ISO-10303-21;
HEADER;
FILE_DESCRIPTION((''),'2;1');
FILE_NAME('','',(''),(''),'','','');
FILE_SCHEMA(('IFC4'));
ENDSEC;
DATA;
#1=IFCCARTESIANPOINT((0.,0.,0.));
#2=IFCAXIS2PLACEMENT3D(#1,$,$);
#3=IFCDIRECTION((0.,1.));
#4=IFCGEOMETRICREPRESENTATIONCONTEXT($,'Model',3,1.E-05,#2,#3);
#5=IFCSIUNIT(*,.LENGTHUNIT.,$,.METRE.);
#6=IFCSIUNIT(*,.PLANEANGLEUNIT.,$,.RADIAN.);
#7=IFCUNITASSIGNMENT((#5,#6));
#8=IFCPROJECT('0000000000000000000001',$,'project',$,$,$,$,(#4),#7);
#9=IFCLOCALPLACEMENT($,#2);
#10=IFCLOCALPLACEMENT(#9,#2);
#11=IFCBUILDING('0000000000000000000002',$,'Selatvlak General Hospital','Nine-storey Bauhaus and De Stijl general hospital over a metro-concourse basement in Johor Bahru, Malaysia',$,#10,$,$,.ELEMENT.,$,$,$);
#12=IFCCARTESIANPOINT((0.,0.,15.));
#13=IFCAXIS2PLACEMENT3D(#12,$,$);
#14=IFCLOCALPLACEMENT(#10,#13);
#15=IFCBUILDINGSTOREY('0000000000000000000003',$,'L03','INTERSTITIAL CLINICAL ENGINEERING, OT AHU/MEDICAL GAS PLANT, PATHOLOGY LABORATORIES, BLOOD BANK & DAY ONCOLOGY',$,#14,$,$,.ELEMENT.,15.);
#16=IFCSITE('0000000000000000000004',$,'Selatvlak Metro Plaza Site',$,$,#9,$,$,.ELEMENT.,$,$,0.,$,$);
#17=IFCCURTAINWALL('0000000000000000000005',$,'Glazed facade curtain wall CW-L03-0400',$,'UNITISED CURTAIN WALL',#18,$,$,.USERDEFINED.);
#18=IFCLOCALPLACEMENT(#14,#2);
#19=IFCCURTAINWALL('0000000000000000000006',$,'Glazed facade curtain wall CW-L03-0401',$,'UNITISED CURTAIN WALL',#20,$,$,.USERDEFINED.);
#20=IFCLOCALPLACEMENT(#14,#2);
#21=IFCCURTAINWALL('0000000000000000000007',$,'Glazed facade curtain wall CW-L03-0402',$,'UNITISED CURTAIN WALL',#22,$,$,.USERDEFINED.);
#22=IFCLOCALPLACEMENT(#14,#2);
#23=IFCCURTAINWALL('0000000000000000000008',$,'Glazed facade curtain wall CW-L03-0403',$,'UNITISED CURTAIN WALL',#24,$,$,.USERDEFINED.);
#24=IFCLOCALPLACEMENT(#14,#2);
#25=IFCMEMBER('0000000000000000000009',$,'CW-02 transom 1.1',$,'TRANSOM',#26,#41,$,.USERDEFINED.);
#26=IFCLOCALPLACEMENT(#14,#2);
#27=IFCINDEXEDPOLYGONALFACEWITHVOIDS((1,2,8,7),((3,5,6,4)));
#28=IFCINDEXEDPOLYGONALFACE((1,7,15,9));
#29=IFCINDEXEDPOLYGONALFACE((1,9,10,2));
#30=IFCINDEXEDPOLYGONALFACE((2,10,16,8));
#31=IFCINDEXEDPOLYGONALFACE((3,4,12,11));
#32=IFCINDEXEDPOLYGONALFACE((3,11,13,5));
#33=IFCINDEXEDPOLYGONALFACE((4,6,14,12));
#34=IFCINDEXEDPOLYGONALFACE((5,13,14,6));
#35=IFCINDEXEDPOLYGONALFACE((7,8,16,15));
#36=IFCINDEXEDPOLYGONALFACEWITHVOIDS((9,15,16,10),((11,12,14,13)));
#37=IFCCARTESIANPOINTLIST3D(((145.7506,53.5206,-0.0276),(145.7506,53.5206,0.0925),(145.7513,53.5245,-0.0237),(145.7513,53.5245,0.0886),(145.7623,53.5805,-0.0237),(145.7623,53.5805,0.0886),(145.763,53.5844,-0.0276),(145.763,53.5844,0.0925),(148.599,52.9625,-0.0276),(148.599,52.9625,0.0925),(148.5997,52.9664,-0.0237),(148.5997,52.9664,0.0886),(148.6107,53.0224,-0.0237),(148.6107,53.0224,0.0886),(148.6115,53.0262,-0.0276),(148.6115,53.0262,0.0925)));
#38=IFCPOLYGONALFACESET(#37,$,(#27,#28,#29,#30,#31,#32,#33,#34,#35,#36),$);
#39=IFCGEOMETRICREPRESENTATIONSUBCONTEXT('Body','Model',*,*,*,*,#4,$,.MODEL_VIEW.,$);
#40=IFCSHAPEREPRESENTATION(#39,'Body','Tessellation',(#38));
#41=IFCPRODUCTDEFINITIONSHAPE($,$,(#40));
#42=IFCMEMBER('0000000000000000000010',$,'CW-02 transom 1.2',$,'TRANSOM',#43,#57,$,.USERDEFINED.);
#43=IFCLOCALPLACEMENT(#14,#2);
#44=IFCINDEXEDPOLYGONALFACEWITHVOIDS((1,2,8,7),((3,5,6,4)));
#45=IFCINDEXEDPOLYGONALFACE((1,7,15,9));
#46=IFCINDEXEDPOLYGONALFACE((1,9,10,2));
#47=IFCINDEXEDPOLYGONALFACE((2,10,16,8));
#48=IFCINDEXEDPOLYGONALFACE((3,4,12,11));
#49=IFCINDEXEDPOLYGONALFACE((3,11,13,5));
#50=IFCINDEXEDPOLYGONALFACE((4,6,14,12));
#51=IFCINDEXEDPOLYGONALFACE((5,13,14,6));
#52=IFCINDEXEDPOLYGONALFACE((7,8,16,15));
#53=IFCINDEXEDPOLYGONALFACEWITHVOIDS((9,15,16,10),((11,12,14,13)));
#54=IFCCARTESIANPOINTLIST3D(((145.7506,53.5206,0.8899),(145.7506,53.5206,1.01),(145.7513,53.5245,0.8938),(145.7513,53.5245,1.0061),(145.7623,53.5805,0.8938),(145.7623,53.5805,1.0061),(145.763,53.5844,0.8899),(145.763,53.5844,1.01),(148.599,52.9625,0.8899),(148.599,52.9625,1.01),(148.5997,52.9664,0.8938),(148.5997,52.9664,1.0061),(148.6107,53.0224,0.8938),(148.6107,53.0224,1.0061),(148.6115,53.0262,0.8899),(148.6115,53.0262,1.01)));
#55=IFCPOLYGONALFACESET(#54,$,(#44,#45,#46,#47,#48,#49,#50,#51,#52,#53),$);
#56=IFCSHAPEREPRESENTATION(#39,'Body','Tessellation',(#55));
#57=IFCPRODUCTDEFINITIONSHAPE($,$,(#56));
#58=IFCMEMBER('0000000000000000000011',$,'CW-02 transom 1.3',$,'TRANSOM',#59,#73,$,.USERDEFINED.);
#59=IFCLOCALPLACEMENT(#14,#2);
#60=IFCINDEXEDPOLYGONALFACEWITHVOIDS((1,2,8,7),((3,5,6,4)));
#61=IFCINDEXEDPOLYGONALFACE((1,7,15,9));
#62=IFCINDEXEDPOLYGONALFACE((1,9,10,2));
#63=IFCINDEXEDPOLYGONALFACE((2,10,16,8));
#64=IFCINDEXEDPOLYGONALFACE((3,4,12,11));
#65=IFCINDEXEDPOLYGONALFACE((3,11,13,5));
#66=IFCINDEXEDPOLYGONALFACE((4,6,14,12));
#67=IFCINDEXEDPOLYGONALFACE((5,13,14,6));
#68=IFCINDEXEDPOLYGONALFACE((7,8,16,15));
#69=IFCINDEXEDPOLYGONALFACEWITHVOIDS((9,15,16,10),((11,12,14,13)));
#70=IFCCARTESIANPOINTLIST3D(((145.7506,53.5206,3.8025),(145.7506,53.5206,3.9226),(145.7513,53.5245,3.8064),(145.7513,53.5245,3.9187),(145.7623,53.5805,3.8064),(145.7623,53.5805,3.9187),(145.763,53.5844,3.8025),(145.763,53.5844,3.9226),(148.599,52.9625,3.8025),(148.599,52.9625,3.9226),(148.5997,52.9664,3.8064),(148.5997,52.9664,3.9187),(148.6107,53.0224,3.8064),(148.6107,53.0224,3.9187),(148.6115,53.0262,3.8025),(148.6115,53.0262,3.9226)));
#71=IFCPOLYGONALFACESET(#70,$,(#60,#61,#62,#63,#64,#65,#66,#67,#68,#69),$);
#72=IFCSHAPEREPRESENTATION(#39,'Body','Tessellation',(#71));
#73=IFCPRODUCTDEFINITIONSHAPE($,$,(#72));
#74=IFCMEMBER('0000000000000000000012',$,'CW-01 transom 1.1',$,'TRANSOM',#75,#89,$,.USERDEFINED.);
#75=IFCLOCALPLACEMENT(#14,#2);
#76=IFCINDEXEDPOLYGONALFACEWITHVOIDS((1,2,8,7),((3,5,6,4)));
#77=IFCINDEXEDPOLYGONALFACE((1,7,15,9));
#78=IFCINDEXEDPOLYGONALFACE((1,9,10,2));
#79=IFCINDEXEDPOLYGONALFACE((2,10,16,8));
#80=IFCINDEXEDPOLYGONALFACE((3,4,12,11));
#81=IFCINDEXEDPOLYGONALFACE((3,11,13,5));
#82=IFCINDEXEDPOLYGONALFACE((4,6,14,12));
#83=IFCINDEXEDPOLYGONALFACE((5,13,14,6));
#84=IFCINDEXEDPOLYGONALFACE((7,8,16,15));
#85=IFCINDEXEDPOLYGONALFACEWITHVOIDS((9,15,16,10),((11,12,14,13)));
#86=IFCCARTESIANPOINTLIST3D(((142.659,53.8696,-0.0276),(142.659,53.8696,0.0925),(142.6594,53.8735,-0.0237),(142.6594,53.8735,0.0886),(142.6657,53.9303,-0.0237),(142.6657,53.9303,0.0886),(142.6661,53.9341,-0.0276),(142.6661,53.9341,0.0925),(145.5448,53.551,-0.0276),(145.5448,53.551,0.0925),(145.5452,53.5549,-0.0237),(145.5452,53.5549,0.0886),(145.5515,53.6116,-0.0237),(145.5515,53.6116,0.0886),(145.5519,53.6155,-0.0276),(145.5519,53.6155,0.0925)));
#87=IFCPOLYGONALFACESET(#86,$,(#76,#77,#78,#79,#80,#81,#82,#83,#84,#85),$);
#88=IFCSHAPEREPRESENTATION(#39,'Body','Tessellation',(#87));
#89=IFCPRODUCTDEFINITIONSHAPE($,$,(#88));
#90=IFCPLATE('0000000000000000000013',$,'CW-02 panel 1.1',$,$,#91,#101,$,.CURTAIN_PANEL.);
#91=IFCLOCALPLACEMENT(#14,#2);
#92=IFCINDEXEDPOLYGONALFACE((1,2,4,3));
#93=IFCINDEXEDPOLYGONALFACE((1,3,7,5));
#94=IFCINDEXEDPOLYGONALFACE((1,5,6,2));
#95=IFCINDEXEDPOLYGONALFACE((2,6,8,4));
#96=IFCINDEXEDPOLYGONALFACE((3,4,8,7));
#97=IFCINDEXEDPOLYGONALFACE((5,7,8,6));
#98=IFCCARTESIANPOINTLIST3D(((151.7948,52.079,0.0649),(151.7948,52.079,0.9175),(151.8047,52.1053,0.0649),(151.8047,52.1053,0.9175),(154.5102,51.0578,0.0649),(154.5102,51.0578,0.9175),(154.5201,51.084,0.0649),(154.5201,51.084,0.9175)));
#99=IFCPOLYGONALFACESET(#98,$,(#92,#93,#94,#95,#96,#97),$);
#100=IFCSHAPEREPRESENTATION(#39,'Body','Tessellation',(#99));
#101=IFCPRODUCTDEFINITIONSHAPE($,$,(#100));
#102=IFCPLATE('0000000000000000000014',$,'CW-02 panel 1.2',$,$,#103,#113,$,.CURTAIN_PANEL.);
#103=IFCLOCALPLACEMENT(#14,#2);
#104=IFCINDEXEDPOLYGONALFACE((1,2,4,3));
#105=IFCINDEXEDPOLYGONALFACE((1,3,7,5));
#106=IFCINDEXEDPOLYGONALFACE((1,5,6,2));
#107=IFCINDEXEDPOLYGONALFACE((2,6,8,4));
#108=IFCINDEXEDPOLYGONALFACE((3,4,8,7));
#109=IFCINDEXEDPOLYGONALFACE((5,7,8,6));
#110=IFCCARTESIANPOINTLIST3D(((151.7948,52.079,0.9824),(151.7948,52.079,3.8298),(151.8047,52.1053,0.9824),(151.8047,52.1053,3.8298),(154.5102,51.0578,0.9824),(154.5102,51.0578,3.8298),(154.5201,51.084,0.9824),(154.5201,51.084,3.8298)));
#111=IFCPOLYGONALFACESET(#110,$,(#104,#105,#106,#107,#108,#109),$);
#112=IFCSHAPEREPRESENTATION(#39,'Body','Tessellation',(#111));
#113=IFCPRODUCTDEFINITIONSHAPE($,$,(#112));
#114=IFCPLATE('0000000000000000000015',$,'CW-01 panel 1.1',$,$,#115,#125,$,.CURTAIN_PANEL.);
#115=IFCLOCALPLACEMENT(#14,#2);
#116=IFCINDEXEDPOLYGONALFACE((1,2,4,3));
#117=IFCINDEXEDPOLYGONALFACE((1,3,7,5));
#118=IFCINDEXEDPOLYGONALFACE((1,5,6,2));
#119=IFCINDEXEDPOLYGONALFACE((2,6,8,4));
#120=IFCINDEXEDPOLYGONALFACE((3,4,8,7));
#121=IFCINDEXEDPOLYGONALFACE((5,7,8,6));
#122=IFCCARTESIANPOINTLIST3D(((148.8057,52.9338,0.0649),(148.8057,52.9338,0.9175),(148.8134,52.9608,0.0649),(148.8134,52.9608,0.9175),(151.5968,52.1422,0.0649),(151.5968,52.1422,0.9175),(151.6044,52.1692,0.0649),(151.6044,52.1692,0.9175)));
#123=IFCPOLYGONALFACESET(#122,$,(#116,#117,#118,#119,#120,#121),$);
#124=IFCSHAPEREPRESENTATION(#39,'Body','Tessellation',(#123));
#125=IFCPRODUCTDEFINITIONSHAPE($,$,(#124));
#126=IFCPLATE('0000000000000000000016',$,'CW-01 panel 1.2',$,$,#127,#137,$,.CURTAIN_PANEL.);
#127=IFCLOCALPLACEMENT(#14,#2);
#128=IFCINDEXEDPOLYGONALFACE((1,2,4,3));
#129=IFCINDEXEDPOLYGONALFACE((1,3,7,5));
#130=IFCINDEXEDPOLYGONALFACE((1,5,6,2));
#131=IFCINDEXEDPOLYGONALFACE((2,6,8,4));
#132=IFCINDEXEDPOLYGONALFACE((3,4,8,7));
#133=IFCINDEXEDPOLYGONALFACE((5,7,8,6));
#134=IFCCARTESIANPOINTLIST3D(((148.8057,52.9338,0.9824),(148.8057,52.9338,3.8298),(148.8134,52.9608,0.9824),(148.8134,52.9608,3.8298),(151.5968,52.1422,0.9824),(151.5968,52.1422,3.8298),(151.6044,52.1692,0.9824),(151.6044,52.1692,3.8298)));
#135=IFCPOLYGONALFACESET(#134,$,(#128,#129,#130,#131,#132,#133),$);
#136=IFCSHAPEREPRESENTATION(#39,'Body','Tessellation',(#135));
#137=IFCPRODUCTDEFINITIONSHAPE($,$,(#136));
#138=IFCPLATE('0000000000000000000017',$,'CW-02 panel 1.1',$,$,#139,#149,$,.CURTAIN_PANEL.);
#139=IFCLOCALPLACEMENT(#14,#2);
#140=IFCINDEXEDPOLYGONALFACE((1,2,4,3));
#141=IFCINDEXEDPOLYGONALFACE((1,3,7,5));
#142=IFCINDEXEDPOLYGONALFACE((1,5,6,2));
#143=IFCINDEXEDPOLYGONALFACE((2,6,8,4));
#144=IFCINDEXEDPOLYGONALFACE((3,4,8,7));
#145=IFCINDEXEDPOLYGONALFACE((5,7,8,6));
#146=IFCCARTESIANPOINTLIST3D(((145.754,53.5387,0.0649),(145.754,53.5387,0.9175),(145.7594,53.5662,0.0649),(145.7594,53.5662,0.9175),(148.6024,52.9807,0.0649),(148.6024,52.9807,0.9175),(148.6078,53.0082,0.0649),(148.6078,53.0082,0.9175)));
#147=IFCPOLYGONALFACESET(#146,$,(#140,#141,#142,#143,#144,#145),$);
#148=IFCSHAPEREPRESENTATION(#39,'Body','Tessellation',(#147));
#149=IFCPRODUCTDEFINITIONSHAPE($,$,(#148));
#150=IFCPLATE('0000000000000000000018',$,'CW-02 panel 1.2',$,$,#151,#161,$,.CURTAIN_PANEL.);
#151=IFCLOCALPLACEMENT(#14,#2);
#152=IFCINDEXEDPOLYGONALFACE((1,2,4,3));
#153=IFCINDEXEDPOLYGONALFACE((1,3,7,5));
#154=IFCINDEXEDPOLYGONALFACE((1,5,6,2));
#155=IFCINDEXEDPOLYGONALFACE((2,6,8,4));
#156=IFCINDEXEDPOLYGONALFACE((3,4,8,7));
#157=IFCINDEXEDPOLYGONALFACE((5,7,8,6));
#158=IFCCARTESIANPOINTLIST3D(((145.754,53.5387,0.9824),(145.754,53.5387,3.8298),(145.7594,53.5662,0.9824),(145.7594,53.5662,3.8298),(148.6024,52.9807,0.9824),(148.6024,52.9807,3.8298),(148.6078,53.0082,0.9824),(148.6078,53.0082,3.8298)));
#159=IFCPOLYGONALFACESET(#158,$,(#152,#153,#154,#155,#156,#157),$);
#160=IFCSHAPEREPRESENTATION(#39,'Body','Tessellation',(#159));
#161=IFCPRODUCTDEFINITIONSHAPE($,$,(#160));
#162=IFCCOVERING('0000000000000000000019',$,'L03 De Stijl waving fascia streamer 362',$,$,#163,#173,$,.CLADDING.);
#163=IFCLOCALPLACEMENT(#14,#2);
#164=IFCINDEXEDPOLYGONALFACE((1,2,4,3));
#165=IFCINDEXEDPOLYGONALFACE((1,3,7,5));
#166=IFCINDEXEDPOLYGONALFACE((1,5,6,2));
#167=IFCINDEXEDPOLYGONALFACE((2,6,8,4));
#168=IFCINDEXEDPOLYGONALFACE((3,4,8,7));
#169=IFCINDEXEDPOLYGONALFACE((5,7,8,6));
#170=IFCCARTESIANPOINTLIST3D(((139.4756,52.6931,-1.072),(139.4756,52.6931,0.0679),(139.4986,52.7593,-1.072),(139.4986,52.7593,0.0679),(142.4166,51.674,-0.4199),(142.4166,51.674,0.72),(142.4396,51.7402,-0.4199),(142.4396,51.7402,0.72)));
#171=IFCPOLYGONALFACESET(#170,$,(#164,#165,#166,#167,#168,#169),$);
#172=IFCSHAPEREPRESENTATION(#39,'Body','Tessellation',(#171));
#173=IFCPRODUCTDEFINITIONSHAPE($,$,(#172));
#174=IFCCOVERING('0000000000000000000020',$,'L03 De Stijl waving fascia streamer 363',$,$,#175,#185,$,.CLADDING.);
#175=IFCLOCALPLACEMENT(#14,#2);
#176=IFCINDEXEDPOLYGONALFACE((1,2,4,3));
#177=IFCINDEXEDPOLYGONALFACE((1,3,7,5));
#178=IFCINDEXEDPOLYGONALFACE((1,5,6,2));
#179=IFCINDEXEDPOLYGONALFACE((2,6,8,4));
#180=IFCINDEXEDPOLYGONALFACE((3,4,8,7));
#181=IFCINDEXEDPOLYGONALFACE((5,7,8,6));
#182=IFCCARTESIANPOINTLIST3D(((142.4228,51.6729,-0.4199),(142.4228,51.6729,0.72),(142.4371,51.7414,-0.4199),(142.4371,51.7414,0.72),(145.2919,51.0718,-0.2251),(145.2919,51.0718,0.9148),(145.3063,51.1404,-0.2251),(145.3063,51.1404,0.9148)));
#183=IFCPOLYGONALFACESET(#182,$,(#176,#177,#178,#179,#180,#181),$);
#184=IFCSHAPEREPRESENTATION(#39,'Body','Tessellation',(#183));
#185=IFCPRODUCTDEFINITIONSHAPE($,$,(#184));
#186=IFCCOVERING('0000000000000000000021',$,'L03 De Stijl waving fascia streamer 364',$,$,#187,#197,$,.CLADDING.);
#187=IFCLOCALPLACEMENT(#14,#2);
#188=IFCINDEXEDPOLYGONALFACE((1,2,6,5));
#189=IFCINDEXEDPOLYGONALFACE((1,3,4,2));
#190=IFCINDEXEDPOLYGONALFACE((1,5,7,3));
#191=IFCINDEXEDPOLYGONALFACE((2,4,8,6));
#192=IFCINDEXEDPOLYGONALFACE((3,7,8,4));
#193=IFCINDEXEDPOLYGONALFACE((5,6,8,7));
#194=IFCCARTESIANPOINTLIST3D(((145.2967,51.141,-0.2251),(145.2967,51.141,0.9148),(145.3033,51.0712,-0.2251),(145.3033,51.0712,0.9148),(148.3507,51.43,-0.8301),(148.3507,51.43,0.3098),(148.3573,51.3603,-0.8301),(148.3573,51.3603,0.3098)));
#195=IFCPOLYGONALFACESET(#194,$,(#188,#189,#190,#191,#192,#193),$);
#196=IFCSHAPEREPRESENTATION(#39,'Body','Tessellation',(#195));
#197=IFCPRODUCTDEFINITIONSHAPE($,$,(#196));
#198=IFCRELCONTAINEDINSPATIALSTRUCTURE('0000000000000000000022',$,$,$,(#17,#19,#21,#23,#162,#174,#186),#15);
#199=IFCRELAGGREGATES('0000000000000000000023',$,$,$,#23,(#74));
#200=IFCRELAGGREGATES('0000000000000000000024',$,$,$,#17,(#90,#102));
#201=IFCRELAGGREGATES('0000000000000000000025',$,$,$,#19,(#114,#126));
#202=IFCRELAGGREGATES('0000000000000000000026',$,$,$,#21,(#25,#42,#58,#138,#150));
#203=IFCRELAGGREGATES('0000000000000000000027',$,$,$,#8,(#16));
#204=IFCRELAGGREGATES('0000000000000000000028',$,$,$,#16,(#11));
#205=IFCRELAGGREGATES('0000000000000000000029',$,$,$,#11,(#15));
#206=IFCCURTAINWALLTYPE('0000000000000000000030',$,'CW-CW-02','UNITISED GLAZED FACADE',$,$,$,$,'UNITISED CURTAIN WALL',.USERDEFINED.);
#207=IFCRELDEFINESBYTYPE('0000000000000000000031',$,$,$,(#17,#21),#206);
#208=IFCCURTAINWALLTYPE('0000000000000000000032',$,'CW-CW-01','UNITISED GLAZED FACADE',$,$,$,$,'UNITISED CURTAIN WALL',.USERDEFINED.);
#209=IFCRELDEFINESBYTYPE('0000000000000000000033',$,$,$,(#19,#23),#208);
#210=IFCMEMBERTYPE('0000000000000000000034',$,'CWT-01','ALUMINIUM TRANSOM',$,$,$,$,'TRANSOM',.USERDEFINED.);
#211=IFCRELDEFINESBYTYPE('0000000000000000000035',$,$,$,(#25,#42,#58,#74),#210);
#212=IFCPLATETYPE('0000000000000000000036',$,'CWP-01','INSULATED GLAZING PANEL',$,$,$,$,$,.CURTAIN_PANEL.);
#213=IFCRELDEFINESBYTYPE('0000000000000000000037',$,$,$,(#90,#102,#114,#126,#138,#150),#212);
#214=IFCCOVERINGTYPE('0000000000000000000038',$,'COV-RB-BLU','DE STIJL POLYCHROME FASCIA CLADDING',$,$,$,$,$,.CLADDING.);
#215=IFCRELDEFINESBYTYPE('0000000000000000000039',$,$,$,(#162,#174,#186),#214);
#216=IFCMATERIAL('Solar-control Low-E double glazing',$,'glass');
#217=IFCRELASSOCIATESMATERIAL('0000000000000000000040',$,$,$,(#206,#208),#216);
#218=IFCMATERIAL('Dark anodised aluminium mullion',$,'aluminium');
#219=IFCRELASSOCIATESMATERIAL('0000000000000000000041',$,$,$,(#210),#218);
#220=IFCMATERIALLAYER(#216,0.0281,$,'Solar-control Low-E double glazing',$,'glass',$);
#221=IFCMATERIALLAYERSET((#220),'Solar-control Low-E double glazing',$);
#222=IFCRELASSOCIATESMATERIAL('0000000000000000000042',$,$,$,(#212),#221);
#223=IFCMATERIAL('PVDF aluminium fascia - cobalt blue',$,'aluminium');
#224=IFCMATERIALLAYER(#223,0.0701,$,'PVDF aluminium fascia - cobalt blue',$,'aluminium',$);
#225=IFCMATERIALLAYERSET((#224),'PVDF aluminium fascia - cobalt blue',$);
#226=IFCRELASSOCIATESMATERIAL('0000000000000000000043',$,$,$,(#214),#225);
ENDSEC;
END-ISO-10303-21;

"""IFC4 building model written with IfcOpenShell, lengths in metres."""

from ifc_helpers import new_model, si_unit, direction, frame, origin, origin_2d, place, context, subcontext, project, spatial, polyline, rectangle, hollow_rectangle, outline, extrude, material, layer, layer_set, material_profile, profile_set, type_object, element, aggregate, save


model = new_model("IFC4")

# Units and contexts
model_context = context("Model", 3, precision=1e-05, world=origin(), true_north=direction((0.0, 1.0)))
body_context = subcontext(model_context, "Body", "Model", "MODEL_VIEW")
ifc_project = project(units=[si_unit("LENGTHUNIT", "METRE"), si_unit("PLANEANGLEUNIT", "RADIAN")], contexts=[model_context])

# Site, building, storey
site_placement = place(None, origin())
site = spatial("IfcSite", under=ifc_project, at=site_placement, Name="Selatvlak Metro Plaza Site", CompositionType="ELEMENT", RefElevation=0.0)
building_placement = place(site_placement, origin())
building = spatial("IfcBuilding", under=site, at=building_placement, Name="Selatvlak General Hospital", Description="Nine-storey Bauhaus and De Stijl general hospital over a metro-concourse basement in Johor Bahru, Malaysia", CompositionType="ELEMENT")
storey_placement = place(building_placement, frame((0.0, 0.0, 15.0)))
storey = spatial("IfcBuildingStorey", under=building, at=storey_placement, Name="L03", Description="INTERSTITIAL CLINICAL ENGINEERING, OT AHU/MEDICAL GAS PLANT, PATHOLOGY LABORATORIES, BLOOD BANK & DAY ONCOLOGY", CompositionType="ELEMENT", Elevation=15.0)

# Curtain wall
ifc_material_1 = material(Name="Solar-control Low-E double glazing", Category="glass")
curtain_wall_type_1 = type_object("IfcCurtainWallType", Name="CW-CW-02", Description="UNITISED GLAZED FACADE", ElementType="UNITISED CURTAIN WALL", PredefinedType="USERDEFINED", material=ifc_material_1)
curtain_wall_1_placement = place(storey_placement, origin())
curtain_wall_1 = element("IfcCurtainWall", 1, at=curtain_wall_1_placement, inside=storey, type_object=curtain_wall_type_1, Name="Glazed facade curtain wall CW-L03-0400", ObjectType="UNITISED CURTAIN WALL", PredefinedType="USERDEFINED")
ifc_material_2 = material(Name="Dark anodised aluminium mullion", Category="aluminium")

# Curtain walls
curtain_wall_type_2 = type_object("IfcCurtainWallType", Name="CW-CW-01", Description="UNITISED GLAZED FACADE", ElementType="UNITISED CURTAIN WALL", PredefinedType="USERDEFINED", material=ifc_material_1)
curtain_wall_2_placement = place(storey_placement, origin())
curtain_wall_2 = element("IfcCurtainWall", 2, at=curtain_wall_2_placement, inside=storey, type_object=curtain_wall_type_2, Name="Glazed facade curtain wall CW-L03-0401", ObjectType="UNITISED CURTAIN WALL", PredefinedType="USERDEFINED")
curtain_wall_3_placement = place(storey_placement, origin())
curtain_wall_3 = element("IfcCurtainWall", 3, at=curtain_wall_3_placement, inside=storey, type_object=curtain_wall_type_1, Name="Glazed facade curtain wall CW-L03-0402", ObjectType="UNITISED CURTAIN WALL", PredefinedType="USERDEFINED")

# Curtain wall
curtain_wall_4_placement = place(storey_placement, origin())
curtain_wall_4 = element("IfcCurtainWall", 4, at=curtain_wall_4_placement, inside=storey, type_object=curtain_wall_type_2, Name="Glazed facade curtain wall CW-L03-0403", ObjectType="UNITISED CURTAIN WALL", PredefinedType="USERDEFINED")

# Members
ifc_material_profile_1 = material_profile(ifc_material_2, hollow_rectangle(XDim=0.0649, YDim=0.1201, WallThickness=0.0039, at=origin_2d()), Name="AL-TRN 65x120x4")
ifc_profile_set_1 = profile_set([ifc_material_profile_1], Name="Dark anodised aluminium mullion")
member_type_1 = type_object("IfcMemberType", Name="CWT-01", Description="ALUMINIUM TRANSOM", ElementType="TRANSOM", PredefinedType="USERDEFINED", material=ifc_profile_set_1)
member_1_placement = place(storey_placement, frame((148.6052, 52.9944, 0.0325), z_axis=(-0.98134, 0.192281, 0.0), x_axis=(-0.192281, -0.98134, 0.0)))
member_1 = element("IfcMember", 5, at=member_1_placement, type_object=member_type_1, Name="CW-02 transom 1.1", ObjectType="TRANSOM", PredefinedType="USERDEFINED", context=body_context, shape_type="SweptSolid", body=[
    extrude(hollow_rectangle(XDim=0.0649, YDim=0.1201, WallThickness=0.0039, at=origin_2d()), origin(), (0.0, 0.0, 1.0), 2.9026),
])
member_2_placement = place(storey_placement, frame((148.6052, 52.9944, 0.95), z_axis=(-0.98134, 0.192281, 0.0), x_axis=(-0.192281, -0.98134, 0.0)))
member_2 = element("IfcMember", 6, at=member_2_placement, type_object=member_type_1, Name="CW-02 transom 1.2", ObjectType="TRANSOM", PredefinedType="USERDEFINED", context=body_context, shape_type="SweptSolid", body=[
    extrude(hollow_rectangle(XDim=0.0649, YDim=0.1201, WallThickness=0.0039, at=origin_2d()), origin(), (0.0, 0.0, 1.0), 2.9026),
])
member_3_placement = place(storey_placement, frame((148.6052, 52.9944, 3.8625), z_axis=(-0.98134, 0.192281, 0.0), x_axis=(-0.192281, -0.98134, 0.0)))
member_3 = element("IfcMember", 7, at=member_3_placement, type_object=member_type_1, Name="CW-02 transom 1.3", ObjectType="TRANSOM", PredefinedType="USERDEFINED", context=body_context, shape_type="SweptSolid", body=[
    extrude(hollow_rectangle(XDim=0.0649, YDim=0.1201, WallThickness=0.0039, at=origin_2d()), origin(), (0.0, 0.0, 1.0), 2.9026),
])
member_4_placement = place(storey_placement, frame((145.5483, 53.5833, 0.0325), z_axis=(-0.99396, 0.109739, 0.0), x_axis=(-0.109739, -0.99396, 0.0)))
member_4 = element("IfcMember", 8, at=member_4_placement, type_object=member_type_1, Name="CW-01 transom 1.1", ObjectType="TRANSOM", PredefinedType="USERDEFINED", context=body_context, shape_type="SweptSolid", body=[
    extrude(hollow_rectangle(XDim=0.0649, YDim=0.1201, WallThickness=0.0039, at=origin_2d()), origin(), (0.0, 0.0, 1.0), 2.9033),
])
aggregate(curtain_wall_4, [member_4])

# Plates
ifc_layer_1 = layer(ifc_material_1, 0.0281, Name="Solar-control Low-E double glazing", Category="glass")
ifc_layer_set_1 = layer_set([ifc_layer_1], Name="Solar-control Low-E double glazing")
plate_type = type_object("IfcPlateType", Name="CWP-01", Description="INSULATED GLAZING PANEL", PredefinedType="CURTAIN_PANEL", material=ifc_layer_set_1)
plate_1_placement = place(storey_placement, frame((153.1575, 51.5815, 0.0649), z_axis=(0.0, 0.0, 1.0), x_axis=(-0.93599, 0.352027, 0.0)))
plate_1 = element("IfcPlate", 9, at=plate_1_placement, type_object=plate_type, Name="CW-02 panel 1.1", PredefinedType="CURTAIN_PANEL", context=body_context, shape_type="SweptSolid", body=[
    extrude(rectangle(XDim=2.9011, YDim=0.0281, at=origin_2d()), origin(), (0.0, 0.0, 1.0), 0.8525),
])
plate_2_placement = place(storey_placement, frame((153.1575, 51.5815, 0.9824), z_axis=(0.0, 0.0, 1.0), x_axis=(-0.93599, 0.352027, 0.0)))
plate_2 = element("IfcPlate", 10, at=plate_2_placement, type_object=plate_type, Name="CW-02 panel 1.2", PredefinedType="CURTAIN_PANEL", context=body_context, shape_type="SweptSolid", body=[
    extrude(rectangle(XDim=2.9011, YDim=0.0281, at=origin_2d()), origin(), (0.0, 0.0, 1.0), 2.8474),
])
aggregate(curtain_wall_1, [plate_1, plate_2])
plate_3_placement = place(storey_placement, frame((150.2051, 52.5515, 0.0649), z_axis=(0.0, 0.0, 1.0), x_axis=(-0.962057, 0.272847, 0.0)))
plate_3 = element("IfcPlate", 11, at=plate_3_placement, type_object=plate_type, Name="CW-01 panel 1.1", PredefinedType="CURTAIN_PANEL", context=body_context, shape_type="SweptSolid", body=[
    extrude(rectangle(XDim=2.9011, YDim=0.0281, at=origin_2d()), origin(), (0.0, 0.0, 1.0), 0.8525),
])
plate_4_placement = place(storey_placement, frame((150.2051, 52.5515, 0.9824), z_axis=(0.0, 0.0, 1.0), x_axis=(-0.962057, 0.272847, 0.0)))
plate_4 = element("IfcPlate", 12, at=plate_4_placement, type_object=plate_type, Name="CW-01 panel 1.2", PredefinedType="CURTAIN_PANEL", context=body_context, shape_type="SweptSolid", body=[
    extrude(rectangle(XDim=2.9011, YDim=0.0281, at=origin_2d()), origin(), (0.0, 0.0, 1.0), 2.8474),
])
aggregate(curtain_wall_2, [plate_3, plate_4])
plate_5_placement = place(storey_placement, frame((147.1809, 53.2734, 0.0649), z_axis=(0.0, 0.0, 1.0), x_axis=(-0.981347, 0.192246, 0.0)))
plate_5 = element("IfcPlate", 13, at=plate_5_placement, type_object=plate_type, Name="CW-02 panel 1.1", PredefinedType="CURTAIN_PANEL", context=body_context, shape_type="SweptSolid", body=[
    extrude(rectangle(XDim=2.9026, YDim=0.0281, at=origin_2d()), origin(), (0.0, 0.0, 1.0), 0.8525),
])
plate_6_placement = place(storey_placement, frame((147.1809, 53.2734, 0.9824), z_axis=(0.0, 0.0, 1.0), x_axis=(-0.981347, 0.192246, 0.0)))
plate_6 = element("IfcPlate", 14, at=plate_6_placement, type_object=plate_type, Name="CW-02 panel 1.2", PredefinedType="CURTAIN_PANEL", context=body_context, shape_type="SweptSolid", body=[
    extrude(rectangle(XDim=2.9026, YDim=0.0281, at=origin_2d()), origin(), (0.0, 0.0, 1.0), 2.8474),
])
aggregate(curtain_wall_3, [member_1, member_2, member_3, plate_5, plate_6])

# Coverings
ifc_material_3 = material(Name="PVDF aluminium fascia - cobalt blue", Category="aluminium")
ifc_layer_2 = layer(ifc_material_3, 0.0701, Name="PVDF aluminium fascia - cobalt blue", Category="aluminium")
ifc_layer_set_2 = layer_set([ifc_layer_2], Name="PVDF aluminium fascia - cobalt blue")
covering_type = type_object("IfcCoveringType", Name="COV-RB-BLU", Description="DE STIJL POLYCHROME FASCIA CLADDING", PredefinedType="CLADDING", material=ifc_layer_set_2)
covering_1_placement = place(storey_placement, frame((139.4871, 52.7261, -1.072), z_axis=(0.0, 0.0, 1.0), x_axis=(0.944883, -0.327407, 0.0)))
element("IfcCovering", 15, at=covering_1_placement, inside=storey, type_object=covering_type, Name="L03 De Stijl waving fascia streamer 362", PredefinedType="CLADDING", context=body_context, shape_type="SweptSolid", body=[
    extrude(outline(polyline([(0.0, 0.0), (3.1125, 0.6521), (3.1125, 1.792), (0.0, 1.1399), (0.0, 0.0)])), frame((0.0, 0.0352, 0.0), z_axis=(0.0, -1.0, 0.0), x_axis=(1.0, 0.0, 0.0)), (0.0, 0.0, 1.0), 0.0701),
])
covering_2_placement = place(storey_placement, frame((142.4299, 51.707, -0.4199), z_axis=(0.0, 0.0, 1.0), x_axis=(0.978753, -0.205045, 0.0)))
element("IfcCovering", 16, at=covering_2_placement, inside=storey, type_object=covering_type, Name="L03 De Stijl waving fascia streamer 363", PredefinedType="CLADDING", context=body_context, shape_type="SweptSolid", body=[
    extrude(outline(polyline([(0.0, 0.0), (2.9314, 0.1948), (2.9314, 1.3347), (0.0, 1.1399), (0.0, 0.0)])), frame((0.0, 0.0352, 0.0), z_axis=(0.0, -1.0, 0.0), x_axis=(1.0, 0.0, 0.0)), (0.0, 0.0, 1.0), 0.0701),
])
covering_3_placement = place(storey_placement, frame((145.3, 51.106, -0.2251), z_axis=(0.0, 0.0, 1.0), x_axis=(0.99555, 0.094231, 0.0)))
element("IfcCovering", 17, at=covering_3_placement, inside=storey, type_object=covering_type, Name="L03 De Stijl waving fascia streamer 364", PredefinedType="CLADDING", context=body_context, shape_type="SweptSolid", body=[
    extrude(outline(polyline([(0.0, 0.0), (3.0676, -0.605), (3.0676, 0.5349), (0.0, 1.1399), (0.0, 0.0)])), frame((0.0, 0.0352, 0.0), z_axis=(0.0, -1.0, 0.0), x_axis=(1.0, 0.0, 0.0)), (0.0, 0.0, 1.0), 0.0701),
])

save(model, "model.ifc")
